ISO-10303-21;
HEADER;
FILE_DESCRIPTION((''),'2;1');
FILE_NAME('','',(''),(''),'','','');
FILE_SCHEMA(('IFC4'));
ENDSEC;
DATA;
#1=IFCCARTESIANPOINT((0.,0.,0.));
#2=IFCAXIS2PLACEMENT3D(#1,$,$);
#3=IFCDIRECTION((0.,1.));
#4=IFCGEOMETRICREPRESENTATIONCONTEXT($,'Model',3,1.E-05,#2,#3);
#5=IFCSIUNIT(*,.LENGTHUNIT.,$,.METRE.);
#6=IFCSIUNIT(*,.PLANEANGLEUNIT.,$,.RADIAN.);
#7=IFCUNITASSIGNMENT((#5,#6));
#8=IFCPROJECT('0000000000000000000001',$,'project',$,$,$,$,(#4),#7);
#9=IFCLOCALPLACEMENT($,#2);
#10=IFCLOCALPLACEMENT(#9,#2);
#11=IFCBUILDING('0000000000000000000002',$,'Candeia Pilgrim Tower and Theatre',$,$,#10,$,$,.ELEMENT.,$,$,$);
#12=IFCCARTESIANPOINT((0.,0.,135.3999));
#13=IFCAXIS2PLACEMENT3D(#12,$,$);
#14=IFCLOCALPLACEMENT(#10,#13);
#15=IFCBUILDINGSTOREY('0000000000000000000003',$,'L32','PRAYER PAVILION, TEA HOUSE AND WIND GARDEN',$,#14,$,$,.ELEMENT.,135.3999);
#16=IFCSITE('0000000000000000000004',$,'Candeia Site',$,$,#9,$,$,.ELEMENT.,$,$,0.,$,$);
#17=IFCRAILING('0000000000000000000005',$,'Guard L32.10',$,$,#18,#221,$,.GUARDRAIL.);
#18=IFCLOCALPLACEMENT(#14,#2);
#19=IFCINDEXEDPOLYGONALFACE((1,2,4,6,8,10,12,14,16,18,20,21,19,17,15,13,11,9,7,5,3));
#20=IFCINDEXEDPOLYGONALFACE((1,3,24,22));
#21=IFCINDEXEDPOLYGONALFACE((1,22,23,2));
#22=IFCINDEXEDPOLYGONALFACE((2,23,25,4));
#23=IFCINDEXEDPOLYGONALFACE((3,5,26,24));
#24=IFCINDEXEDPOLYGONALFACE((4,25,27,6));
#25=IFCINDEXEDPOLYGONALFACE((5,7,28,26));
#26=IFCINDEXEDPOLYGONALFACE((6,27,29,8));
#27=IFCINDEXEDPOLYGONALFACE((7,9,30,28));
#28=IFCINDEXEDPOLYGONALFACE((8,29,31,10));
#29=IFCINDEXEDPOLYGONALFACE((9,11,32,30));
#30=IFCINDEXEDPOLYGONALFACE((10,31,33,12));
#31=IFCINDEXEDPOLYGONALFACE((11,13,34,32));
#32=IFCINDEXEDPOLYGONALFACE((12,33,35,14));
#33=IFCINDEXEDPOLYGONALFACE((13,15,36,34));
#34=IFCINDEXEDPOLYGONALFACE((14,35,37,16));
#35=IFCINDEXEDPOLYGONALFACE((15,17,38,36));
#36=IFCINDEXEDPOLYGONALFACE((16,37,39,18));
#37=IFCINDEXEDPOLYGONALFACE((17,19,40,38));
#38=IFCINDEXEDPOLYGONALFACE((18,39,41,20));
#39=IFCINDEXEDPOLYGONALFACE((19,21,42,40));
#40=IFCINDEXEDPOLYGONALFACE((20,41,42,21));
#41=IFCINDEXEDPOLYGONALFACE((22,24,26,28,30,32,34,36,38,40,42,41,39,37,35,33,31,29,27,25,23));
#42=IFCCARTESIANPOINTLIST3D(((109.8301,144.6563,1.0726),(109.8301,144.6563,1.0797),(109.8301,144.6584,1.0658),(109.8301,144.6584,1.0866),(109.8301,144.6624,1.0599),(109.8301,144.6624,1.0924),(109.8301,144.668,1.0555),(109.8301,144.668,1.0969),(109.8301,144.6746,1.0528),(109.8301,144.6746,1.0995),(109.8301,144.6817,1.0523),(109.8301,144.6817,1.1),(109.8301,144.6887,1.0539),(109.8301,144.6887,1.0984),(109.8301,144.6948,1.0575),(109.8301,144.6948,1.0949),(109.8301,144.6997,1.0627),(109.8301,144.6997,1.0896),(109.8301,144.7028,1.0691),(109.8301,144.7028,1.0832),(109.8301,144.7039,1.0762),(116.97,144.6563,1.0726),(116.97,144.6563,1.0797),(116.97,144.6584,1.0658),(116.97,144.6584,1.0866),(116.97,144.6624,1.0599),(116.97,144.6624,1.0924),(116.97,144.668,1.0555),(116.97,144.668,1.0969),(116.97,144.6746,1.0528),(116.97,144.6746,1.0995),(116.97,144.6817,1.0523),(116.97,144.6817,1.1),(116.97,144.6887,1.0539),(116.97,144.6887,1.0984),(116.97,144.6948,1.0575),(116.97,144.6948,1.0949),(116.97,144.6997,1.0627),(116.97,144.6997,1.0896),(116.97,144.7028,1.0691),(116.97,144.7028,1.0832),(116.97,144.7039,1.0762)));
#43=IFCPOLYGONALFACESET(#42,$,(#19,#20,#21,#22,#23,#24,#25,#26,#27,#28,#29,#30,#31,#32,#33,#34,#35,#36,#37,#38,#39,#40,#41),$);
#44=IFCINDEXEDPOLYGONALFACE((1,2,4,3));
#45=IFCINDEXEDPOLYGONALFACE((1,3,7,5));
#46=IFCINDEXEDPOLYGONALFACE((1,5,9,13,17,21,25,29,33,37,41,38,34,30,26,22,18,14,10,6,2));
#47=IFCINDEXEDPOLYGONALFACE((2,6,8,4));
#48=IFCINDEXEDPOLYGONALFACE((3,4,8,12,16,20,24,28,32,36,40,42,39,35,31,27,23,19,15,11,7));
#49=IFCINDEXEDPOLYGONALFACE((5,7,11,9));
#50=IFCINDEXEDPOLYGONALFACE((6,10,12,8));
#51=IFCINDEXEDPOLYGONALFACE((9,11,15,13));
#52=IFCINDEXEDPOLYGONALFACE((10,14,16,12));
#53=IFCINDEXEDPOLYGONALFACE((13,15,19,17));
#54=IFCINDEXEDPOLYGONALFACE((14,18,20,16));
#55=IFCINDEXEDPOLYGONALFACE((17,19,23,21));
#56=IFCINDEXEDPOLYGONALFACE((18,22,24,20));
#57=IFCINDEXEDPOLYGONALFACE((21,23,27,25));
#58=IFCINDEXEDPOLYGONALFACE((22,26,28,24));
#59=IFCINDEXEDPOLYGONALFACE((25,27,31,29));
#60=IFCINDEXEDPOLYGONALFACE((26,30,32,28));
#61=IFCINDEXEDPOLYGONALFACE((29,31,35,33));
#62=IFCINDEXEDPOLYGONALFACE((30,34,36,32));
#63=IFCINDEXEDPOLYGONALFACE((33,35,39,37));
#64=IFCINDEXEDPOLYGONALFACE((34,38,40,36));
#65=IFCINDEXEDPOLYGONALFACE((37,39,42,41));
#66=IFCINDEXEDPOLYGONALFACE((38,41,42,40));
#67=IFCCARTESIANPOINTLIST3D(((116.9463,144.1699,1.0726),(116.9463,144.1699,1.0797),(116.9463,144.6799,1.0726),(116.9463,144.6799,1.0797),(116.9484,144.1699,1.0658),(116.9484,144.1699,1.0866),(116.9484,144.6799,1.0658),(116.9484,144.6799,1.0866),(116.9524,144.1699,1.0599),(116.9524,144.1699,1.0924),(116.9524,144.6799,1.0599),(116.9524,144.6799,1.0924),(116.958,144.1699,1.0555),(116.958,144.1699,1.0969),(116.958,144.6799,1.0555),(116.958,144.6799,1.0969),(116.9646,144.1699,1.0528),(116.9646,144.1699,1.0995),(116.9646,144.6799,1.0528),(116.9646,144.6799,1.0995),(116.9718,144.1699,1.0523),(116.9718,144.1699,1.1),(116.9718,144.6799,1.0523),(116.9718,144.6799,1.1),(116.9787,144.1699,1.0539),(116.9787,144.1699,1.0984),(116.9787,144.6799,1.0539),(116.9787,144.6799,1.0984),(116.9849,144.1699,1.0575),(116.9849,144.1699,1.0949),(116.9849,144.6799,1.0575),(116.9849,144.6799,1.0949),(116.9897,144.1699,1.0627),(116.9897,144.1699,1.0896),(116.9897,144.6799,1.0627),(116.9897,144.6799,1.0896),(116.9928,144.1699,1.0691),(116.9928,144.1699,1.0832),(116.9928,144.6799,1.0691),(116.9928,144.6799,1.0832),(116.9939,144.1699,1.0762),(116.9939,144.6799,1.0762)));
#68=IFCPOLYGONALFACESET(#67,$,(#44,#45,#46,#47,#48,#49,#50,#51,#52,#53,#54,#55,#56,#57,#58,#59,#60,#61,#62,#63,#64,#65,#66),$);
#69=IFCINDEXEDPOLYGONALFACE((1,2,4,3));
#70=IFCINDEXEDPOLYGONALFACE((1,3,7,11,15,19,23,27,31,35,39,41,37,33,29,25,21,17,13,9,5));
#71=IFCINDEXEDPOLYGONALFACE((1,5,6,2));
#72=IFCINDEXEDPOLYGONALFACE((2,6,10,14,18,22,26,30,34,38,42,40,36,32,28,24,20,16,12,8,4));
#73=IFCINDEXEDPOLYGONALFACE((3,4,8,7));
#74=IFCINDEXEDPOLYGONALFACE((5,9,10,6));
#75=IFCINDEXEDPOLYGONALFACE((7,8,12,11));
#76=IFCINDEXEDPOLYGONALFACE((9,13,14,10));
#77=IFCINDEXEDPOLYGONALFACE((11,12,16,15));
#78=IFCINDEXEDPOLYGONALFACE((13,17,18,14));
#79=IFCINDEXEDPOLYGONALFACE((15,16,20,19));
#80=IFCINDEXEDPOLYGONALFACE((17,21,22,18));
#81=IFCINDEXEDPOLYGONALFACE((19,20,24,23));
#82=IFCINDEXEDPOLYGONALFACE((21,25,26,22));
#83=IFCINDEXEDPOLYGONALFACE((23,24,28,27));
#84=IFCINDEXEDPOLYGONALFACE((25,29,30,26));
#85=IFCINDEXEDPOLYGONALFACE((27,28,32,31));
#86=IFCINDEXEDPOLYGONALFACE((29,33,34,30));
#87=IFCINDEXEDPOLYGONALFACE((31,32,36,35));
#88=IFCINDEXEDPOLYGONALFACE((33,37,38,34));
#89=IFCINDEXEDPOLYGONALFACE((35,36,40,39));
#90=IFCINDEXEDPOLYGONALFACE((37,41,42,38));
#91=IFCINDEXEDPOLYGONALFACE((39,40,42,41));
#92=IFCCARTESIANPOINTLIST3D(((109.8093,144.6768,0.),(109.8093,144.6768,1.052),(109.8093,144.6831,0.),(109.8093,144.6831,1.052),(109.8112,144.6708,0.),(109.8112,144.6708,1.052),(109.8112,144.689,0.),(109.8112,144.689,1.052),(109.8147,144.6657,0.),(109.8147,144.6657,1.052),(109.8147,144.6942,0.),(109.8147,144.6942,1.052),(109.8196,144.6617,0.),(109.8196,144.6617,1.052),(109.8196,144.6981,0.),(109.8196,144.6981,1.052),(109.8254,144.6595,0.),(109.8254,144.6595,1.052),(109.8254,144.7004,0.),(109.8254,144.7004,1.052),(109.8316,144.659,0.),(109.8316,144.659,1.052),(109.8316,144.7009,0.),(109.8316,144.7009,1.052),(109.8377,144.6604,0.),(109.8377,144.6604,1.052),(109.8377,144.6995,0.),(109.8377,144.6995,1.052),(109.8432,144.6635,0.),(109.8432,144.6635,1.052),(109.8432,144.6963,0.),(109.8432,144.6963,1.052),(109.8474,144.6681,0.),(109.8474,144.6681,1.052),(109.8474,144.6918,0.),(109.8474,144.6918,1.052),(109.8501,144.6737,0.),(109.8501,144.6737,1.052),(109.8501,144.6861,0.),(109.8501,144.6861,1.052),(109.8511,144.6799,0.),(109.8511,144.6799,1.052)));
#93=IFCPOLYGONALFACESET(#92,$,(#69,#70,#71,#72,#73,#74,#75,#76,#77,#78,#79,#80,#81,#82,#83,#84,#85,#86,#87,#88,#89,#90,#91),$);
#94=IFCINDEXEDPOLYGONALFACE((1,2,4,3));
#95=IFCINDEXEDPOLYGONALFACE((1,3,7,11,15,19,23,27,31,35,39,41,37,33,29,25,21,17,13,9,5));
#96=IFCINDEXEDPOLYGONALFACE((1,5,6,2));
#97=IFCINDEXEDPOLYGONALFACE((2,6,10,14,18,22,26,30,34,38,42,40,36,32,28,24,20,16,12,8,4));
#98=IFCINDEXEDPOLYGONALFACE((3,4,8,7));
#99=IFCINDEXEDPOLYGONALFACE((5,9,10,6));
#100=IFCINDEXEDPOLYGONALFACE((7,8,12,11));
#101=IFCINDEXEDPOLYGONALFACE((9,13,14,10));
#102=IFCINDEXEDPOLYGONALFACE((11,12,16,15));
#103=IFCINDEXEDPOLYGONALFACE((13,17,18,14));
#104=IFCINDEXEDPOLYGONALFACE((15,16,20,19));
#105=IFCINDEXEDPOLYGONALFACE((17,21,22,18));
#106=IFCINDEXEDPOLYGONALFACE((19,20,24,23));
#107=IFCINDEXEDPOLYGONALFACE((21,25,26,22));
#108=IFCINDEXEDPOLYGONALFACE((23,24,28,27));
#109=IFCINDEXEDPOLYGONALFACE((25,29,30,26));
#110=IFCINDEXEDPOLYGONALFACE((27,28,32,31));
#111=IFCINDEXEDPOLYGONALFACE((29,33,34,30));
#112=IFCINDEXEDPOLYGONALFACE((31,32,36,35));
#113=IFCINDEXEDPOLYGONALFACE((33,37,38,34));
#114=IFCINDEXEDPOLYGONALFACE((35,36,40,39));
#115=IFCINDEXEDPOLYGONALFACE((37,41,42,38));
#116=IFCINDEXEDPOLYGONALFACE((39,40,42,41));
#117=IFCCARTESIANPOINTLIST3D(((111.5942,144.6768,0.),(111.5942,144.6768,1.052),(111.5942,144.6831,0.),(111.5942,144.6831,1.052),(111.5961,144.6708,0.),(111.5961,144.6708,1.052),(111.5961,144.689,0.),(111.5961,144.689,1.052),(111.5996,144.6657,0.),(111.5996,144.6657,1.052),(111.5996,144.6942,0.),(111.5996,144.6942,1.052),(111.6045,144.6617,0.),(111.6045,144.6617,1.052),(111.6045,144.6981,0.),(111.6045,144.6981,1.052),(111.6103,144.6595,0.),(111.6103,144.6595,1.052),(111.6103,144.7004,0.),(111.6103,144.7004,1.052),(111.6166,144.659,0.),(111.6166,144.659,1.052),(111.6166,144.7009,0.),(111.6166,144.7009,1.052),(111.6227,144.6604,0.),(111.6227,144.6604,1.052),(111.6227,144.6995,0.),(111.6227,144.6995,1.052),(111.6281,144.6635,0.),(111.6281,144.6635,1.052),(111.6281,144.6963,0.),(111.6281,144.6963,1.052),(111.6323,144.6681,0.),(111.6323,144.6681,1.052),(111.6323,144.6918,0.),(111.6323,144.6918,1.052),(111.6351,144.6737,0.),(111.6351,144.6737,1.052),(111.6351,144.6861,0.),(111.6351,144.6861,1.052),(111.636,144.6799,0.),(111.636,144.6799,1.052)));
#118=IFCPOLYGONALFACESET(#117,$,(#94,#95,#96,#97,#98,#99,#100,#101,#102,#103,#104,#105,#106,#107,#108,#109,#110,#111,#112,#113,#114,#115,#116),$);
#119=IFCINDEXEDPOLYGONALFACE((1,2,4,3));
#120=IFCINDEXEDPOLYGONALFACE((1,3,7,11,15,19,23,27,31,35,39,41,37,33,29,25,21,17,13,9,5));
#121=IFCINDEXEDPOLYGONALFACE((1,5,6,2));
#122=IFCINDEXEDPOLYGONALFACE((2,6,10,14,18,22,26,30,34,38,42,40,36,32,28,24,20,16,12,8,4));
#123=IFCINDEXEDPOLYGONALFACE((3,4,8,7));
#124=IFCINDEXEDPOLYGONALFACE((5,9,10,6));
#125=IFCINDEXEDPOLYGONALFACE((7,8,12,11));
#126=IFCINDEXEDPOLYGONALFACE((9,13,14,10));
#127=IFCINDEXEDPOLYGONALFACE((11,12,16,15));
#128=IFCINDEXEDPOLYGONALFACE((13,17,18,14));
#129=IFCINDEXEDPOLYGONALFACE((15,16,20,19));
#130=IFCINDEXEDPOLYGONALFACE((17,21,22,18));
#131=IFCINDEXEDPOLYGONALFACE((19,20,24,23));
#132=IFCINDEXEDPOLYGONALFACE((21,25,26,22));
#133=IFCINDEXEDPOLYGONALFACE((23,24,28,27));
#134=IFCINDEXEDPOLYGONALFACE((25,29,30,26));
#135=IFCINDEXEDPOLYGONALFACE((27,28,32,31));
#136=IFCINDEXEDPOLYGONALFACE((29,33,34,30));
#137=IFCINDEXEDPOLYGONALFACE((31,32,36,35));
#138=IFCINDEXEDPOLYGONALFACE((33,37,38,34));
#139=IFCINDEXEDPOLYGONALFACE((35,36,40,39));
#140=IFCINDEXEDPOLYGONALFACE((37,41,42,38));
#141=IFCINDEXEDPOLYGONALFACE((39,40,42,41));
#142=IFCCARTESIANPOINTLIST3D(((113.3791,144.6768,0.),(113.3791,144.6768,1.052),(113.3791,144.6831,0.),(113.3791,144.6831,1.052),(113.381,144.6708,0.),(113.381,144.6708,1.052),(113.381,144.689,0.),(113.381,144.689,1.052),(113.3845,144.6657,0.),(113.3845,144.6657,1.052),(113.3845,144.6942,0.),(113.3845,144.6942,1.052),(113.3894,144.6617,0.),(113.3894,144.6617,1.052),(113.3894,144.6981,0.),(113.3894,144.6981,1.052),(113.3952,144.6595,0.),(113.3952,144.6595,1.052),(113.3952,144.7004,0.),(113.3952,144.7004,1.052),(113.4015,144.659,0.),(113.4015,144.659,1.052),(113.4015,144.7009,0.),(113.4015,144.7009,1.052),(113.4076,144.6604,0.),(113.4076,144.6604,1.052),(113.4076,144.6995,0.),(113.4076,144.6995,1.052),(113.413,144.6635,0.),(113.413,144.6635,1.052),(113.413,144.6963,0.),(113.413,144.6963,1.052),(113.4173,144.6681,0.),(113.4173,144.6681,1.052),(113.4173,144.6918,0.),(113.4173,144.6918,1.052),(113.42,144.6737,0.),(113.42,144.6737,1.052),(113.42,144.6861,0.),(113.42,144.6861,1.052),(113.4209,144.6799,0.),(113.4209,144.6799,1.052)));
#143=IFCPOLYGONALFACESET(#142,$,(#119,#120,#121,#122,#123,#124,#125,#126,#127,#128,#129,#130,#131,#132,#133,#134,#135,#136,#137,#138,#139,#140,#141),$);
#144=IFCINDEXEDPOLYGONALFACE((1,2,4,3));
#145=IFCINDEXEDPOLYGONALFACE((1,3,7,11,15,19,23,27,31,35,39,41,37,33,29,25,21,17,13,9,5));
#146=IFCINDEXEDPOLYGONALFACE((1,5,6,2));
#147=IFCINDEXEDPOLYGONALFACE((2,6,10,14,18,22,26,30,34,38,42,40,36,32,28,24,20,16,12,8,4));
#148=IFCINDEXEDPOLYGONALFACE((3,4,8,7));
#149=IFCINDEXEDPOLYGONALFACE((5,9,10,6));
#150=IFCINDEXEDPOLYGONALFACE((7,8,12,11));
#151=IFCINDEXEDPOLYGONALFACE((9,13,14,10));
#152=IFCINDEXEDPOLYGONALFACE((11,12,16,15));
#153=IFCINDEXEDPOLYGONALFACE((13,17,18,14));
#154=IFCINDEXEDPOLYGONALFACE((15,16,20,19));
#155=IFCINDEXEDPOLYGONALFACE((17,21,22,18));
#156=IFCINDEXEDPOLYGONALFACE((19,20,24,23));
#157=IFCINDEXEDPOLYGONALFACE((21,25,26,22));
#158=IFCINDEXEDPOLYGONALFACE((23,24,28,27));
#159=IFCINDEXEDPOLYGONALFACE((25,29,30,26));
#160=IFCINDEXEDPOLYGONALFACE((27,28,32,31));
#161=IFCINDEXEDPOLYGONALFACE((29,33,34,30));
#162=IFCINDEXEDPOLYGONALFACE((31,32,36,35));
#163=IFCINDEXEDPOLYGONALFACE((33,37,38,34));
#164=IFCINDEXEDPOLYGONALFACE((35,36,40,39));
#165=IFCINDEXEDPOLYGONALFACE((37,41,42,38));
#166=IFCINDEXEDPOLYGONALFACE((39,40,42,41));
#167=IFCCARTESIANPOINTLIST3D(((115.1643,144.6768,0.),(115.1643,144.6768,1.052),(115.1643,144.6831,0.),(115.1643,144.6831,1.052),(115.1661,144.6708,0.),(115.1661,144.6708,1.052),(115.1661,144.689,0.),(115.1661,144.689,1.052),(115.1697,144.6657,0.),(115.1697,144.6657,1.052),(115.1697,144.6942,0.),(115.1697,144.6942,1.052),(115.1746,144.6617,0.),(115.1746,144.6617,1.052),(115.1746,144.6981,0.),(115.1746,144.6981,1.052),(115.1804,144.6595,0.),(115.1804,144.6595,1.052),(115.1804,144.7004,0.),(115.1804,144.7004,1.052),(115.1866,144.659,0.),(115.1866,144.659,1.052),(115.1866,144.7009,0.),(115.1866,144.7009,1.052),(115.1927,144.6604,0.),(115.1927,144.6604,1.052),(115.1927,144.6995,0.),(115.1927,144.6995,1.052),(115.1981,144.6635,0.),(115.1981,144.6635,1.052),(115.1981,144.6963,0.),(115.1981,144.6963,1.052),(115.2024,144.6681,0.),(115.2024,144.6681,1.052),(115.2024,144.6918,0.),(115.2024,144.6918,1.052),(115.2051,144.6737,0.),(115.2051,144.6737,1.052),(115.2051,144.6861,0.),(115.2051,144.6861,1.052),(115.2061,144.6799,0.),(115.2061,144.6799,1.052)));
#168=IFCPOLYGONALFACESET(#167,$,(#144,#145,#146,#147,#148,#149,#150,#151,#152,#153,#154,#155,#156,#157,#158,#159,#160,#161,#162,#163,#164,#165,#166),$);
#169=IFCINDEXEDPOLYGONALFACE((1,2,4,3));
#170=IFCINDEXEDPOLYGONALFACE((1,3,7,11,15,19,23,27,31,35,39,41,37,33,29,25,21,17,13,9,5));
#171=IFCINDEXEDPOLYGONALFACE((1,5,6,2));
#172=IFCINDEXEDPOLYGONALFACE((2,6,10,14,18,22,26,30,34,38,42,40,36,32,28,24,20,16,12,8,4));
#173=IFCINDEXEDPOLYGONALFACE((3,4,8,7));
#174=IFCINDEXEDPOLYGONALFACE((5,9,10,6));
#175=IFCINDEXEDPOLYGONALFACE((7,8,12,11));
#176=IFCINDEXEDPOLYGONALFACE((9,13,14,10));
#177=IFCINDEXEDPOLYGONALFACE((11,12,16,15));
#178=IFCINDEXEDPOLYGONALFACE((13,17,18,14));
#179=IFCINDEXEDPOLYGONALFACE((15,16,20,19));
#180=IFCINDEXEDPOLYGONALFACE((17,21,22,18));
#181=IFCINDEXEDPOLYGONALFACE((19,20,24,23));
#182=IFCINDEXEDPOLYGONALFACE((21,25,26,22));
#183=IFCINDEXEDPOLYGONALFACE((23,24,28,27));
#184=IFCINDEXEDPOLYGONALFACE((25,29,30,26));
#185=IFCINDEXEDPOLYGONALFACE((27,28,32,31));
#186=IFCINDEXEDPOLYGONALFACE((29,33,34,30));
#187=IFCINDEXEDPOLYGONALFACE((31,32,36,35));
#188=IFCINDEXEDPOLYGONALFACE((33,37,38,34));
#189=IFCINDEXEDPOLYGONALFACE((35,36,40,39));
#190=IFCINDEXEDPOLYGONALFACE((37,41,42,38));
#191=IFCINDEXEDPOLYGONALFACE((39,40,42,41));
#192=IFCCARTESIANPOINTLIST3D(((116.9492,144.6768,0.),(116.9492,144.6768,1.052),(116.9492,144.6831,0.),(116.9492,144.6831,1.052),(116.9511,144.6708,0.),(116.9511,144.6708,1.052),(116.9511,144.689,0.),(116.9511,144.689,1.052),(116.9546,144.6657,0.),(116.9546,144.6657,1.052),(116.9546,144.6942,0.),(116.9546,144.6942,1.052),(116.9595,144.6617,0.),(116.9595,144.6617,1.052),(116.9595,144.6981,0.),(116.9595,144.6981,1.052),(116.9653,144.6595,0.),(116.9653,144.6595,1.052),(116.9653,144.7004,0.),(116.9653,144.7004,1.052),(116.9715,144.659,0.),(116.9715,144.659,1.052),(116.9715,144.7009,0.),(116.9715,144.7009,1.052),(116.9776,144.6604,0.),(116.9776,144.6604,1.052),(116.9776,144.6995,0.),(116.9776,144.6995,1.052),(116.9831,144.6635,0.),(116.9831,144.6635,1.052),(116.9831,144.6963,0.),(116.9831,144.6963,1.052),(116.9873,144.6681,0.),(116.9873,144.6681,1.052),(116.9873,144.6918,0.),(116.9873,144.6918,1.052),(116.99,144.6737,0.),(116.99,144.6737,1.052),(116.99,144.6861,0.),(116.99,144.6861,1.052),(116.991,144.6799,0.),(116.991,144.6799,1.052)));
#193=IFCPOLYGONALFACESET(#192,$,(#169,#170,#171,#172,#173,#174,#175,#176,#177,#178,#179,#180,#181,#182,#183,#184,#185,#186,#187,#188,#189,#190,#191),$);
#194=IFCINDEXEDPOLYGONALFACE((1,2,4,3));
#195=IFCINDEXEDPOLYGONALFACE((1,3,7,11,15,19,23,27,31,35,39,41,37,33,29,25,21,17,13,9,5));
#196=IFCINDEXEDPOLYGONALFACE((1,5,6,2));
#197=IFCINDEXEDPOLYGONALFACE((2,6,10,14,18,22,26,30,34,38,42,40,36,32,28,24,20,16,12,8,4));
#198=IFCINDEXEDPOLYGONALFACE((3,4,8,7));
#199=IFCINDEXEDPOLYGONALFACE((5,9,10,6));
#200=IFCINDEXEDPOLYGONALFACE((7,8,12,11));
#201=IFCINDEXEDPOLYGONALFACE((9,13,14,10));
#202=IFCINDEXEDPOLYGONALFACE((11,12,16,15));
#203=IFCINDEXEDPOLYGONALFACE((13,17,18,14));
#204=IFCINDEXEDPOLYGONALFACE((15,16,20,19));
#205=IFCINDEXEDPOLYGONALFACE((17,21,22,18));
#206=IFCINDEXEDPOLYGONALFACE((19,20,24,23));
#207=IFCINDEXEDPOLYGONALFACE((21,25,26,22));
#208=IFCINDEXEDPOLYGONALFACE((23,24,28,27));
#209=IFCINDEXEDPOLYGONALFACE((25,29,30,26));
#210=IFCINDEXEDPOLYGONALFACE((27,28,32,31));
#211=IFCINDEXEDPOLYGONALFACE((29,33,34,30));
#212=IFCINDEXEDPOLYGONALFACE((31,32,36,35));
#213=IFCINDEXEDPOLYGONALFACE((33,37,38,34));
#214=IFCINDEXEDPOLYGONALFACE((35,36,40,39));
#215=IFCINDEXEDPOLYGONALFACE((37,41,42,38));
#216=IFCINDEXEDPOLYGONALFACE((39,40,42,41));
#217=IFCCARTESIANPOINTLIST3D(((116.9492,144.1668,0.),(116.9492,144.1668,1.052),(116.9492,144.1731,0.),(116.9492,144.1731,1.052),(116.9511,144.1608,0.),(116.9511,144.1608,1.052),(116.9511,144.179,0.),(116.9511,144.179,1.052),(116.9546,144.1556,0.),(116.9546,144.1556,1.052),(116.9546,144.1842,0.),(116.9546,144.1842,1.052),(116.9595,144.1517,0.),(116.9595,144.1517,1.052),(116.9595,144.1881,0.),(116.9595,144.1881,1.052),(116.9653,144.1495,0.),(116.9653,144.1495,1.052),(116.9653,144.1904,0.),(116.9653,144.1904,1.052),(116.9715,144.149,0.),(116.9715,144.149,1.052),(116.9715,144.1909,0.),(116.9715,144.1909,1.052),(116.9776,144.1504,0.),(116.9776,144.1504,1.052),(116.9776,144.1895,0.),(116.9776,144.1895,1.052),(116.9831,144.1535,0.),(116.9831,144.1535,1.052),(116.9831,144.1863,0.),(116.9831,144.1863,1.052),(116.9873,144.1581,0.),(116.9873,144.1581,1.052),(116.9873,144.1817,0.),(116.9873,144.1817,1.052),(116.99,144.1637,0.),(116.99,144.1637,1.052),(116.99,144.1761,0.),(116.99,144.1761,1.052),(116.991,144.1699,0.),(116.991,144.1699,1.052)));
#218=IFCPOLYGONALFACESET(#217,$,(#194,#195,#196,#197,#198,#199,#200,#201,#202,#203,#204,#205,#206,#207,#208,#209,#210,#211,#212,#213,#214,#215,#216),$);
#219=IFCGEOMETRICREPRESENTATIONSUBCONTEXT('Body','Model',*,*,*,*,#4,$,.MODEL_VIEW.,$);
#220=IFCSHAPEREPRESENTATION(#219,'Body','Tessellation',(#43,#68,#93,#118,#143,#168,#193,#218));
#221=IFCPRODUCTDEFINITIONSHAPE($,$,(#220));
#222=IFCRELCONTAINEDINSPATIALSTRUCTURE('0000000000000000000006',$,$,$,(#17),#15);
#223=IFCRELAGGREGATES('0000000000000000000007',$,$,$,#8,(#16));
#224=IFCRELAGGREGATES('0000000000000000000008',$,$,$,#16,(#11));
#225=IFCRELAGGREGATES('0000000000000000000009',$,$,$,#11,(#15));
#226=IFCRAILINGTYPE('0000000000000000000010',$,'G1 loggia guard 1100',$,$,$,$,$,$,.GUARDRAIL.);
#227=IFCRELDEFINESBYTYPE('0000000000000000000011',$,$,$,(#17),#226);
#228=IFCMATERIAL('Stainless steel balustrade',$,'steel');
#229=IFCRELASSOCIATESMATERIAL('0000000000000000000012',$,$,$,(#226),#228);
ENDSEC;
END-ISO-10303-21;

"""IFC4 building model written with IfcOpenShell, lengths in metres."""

from ifc_helpers import new_model, si_unit, direction, frame, origin, origin_2d, place, context, subcontext, project, spatial, circle, extrude, material, type_object, element, save


model = new_model("IFC4")

# Units and contexts
model_context = context("Model", 3, precision=1e-05, world=origin(), true_north=direction((0.0, 1.0)))
body_context = subcontext(model_context, "Body", "Model", "MODEL_VIEW")
ifc_project = project(units=[si_unit("LENGTHUNIT", "METRE"), si_unit("PLANEANGLEUNIT", "RADIAN")], contexts=[model_context])

# Site, building, storey
site_placement = place(None, origin())
site = spatial("IfcSite", under=ifc_project, at=site_placement, Name="Candeia Site", CompositionType="ELEMENT", RefElevation=0.0)
building_placement = place(site_placement, origin())
building = spatial("IfcBuilding", under=site, at=building_placement, Name="Candeia Pilgrim Tower and Theatre", CompositionType="ELEMENT")
storey_placement = place(building_placement, frame((0.0, 0.0, 135.3999)))
storey = spatial("IfcBuildingStorey", under=building, at=storey_placement, Name="L32", Description="PRAYER PAVILION, TEA HOUSE AND WIND GARDEN", CompositionType="ELEMENT", Elevation=135.3999)

# Railing
ifc_material_1 = material(Name="Stainless steel balustrade", Category="steel")
railing_type = type_object("IfcRailingType", Name="G1 loggia guard 1100", PredefinedType="GUARDRAIL", material=ifc_material_1)
railing_1_placement = place(storey_placement, frame((109.8301, 144.6799, 0.0)))
element("IfcRailing", 1, at=railing_1_placement, inside=storey, type_object=railing_type, Name="Guard L32.10", PredefinedType="GUARDRAIL", context=body_context, shape_type="SweptSolid", body=[
    extrude(circle(Radius=0.0239, at=origin_2d()), frame((0.0, 0.0, 1.0762), z_axis=(1.0, 0.0, 0.0), x_axis=(0.0, 1.0, 0.0)), (0.0, 0.0, 1.0), 7.1399),
    extrude(circle(Radius=0.0239, at=origin_2d()), frame((7.1399, 0.0, 1.0762), z_axis=(0.0, -1.0, 0.0), x_axis=(1.0, 0.0, 0.0)), (0.0, 0.0, 1.0), 0.51),
    extrude(circle(Radius=0.021, at=origin_2d()), origin(), (0.0, 0.0, 1.0), 1.052),
    extrude(circle(Radius=0.021, at=origin_2d()), frame((1.7849, 0.0, 0.0)), (0.0, 0.0, 1.0), 1.052),
    extrude(circle(Radius=0.021, at=origin_2d()), frame((3.5698, 0.0, 0.0)), (0.0, 0.0, 1.0), 1.052),
    extrude(circle(Radius=0.021, at=origin_2d()), frame((5.355, 0.0, 0.0)), (0.0, 0.0, 1.0), 1.052),
    extrude(circle(Radius=0.021, at=origin_2d()), frame((7.1399, 0.0, 0.0)), (0.0, 0.0, 1.0), 1.052),
    extrude(circle(Radius=0.021, at=origin_2d()), frame((7.1399, -0.51, 0.0)), (0.0, 0.0, 1.0), 1.052),
])

save(model, "model.ifc")
